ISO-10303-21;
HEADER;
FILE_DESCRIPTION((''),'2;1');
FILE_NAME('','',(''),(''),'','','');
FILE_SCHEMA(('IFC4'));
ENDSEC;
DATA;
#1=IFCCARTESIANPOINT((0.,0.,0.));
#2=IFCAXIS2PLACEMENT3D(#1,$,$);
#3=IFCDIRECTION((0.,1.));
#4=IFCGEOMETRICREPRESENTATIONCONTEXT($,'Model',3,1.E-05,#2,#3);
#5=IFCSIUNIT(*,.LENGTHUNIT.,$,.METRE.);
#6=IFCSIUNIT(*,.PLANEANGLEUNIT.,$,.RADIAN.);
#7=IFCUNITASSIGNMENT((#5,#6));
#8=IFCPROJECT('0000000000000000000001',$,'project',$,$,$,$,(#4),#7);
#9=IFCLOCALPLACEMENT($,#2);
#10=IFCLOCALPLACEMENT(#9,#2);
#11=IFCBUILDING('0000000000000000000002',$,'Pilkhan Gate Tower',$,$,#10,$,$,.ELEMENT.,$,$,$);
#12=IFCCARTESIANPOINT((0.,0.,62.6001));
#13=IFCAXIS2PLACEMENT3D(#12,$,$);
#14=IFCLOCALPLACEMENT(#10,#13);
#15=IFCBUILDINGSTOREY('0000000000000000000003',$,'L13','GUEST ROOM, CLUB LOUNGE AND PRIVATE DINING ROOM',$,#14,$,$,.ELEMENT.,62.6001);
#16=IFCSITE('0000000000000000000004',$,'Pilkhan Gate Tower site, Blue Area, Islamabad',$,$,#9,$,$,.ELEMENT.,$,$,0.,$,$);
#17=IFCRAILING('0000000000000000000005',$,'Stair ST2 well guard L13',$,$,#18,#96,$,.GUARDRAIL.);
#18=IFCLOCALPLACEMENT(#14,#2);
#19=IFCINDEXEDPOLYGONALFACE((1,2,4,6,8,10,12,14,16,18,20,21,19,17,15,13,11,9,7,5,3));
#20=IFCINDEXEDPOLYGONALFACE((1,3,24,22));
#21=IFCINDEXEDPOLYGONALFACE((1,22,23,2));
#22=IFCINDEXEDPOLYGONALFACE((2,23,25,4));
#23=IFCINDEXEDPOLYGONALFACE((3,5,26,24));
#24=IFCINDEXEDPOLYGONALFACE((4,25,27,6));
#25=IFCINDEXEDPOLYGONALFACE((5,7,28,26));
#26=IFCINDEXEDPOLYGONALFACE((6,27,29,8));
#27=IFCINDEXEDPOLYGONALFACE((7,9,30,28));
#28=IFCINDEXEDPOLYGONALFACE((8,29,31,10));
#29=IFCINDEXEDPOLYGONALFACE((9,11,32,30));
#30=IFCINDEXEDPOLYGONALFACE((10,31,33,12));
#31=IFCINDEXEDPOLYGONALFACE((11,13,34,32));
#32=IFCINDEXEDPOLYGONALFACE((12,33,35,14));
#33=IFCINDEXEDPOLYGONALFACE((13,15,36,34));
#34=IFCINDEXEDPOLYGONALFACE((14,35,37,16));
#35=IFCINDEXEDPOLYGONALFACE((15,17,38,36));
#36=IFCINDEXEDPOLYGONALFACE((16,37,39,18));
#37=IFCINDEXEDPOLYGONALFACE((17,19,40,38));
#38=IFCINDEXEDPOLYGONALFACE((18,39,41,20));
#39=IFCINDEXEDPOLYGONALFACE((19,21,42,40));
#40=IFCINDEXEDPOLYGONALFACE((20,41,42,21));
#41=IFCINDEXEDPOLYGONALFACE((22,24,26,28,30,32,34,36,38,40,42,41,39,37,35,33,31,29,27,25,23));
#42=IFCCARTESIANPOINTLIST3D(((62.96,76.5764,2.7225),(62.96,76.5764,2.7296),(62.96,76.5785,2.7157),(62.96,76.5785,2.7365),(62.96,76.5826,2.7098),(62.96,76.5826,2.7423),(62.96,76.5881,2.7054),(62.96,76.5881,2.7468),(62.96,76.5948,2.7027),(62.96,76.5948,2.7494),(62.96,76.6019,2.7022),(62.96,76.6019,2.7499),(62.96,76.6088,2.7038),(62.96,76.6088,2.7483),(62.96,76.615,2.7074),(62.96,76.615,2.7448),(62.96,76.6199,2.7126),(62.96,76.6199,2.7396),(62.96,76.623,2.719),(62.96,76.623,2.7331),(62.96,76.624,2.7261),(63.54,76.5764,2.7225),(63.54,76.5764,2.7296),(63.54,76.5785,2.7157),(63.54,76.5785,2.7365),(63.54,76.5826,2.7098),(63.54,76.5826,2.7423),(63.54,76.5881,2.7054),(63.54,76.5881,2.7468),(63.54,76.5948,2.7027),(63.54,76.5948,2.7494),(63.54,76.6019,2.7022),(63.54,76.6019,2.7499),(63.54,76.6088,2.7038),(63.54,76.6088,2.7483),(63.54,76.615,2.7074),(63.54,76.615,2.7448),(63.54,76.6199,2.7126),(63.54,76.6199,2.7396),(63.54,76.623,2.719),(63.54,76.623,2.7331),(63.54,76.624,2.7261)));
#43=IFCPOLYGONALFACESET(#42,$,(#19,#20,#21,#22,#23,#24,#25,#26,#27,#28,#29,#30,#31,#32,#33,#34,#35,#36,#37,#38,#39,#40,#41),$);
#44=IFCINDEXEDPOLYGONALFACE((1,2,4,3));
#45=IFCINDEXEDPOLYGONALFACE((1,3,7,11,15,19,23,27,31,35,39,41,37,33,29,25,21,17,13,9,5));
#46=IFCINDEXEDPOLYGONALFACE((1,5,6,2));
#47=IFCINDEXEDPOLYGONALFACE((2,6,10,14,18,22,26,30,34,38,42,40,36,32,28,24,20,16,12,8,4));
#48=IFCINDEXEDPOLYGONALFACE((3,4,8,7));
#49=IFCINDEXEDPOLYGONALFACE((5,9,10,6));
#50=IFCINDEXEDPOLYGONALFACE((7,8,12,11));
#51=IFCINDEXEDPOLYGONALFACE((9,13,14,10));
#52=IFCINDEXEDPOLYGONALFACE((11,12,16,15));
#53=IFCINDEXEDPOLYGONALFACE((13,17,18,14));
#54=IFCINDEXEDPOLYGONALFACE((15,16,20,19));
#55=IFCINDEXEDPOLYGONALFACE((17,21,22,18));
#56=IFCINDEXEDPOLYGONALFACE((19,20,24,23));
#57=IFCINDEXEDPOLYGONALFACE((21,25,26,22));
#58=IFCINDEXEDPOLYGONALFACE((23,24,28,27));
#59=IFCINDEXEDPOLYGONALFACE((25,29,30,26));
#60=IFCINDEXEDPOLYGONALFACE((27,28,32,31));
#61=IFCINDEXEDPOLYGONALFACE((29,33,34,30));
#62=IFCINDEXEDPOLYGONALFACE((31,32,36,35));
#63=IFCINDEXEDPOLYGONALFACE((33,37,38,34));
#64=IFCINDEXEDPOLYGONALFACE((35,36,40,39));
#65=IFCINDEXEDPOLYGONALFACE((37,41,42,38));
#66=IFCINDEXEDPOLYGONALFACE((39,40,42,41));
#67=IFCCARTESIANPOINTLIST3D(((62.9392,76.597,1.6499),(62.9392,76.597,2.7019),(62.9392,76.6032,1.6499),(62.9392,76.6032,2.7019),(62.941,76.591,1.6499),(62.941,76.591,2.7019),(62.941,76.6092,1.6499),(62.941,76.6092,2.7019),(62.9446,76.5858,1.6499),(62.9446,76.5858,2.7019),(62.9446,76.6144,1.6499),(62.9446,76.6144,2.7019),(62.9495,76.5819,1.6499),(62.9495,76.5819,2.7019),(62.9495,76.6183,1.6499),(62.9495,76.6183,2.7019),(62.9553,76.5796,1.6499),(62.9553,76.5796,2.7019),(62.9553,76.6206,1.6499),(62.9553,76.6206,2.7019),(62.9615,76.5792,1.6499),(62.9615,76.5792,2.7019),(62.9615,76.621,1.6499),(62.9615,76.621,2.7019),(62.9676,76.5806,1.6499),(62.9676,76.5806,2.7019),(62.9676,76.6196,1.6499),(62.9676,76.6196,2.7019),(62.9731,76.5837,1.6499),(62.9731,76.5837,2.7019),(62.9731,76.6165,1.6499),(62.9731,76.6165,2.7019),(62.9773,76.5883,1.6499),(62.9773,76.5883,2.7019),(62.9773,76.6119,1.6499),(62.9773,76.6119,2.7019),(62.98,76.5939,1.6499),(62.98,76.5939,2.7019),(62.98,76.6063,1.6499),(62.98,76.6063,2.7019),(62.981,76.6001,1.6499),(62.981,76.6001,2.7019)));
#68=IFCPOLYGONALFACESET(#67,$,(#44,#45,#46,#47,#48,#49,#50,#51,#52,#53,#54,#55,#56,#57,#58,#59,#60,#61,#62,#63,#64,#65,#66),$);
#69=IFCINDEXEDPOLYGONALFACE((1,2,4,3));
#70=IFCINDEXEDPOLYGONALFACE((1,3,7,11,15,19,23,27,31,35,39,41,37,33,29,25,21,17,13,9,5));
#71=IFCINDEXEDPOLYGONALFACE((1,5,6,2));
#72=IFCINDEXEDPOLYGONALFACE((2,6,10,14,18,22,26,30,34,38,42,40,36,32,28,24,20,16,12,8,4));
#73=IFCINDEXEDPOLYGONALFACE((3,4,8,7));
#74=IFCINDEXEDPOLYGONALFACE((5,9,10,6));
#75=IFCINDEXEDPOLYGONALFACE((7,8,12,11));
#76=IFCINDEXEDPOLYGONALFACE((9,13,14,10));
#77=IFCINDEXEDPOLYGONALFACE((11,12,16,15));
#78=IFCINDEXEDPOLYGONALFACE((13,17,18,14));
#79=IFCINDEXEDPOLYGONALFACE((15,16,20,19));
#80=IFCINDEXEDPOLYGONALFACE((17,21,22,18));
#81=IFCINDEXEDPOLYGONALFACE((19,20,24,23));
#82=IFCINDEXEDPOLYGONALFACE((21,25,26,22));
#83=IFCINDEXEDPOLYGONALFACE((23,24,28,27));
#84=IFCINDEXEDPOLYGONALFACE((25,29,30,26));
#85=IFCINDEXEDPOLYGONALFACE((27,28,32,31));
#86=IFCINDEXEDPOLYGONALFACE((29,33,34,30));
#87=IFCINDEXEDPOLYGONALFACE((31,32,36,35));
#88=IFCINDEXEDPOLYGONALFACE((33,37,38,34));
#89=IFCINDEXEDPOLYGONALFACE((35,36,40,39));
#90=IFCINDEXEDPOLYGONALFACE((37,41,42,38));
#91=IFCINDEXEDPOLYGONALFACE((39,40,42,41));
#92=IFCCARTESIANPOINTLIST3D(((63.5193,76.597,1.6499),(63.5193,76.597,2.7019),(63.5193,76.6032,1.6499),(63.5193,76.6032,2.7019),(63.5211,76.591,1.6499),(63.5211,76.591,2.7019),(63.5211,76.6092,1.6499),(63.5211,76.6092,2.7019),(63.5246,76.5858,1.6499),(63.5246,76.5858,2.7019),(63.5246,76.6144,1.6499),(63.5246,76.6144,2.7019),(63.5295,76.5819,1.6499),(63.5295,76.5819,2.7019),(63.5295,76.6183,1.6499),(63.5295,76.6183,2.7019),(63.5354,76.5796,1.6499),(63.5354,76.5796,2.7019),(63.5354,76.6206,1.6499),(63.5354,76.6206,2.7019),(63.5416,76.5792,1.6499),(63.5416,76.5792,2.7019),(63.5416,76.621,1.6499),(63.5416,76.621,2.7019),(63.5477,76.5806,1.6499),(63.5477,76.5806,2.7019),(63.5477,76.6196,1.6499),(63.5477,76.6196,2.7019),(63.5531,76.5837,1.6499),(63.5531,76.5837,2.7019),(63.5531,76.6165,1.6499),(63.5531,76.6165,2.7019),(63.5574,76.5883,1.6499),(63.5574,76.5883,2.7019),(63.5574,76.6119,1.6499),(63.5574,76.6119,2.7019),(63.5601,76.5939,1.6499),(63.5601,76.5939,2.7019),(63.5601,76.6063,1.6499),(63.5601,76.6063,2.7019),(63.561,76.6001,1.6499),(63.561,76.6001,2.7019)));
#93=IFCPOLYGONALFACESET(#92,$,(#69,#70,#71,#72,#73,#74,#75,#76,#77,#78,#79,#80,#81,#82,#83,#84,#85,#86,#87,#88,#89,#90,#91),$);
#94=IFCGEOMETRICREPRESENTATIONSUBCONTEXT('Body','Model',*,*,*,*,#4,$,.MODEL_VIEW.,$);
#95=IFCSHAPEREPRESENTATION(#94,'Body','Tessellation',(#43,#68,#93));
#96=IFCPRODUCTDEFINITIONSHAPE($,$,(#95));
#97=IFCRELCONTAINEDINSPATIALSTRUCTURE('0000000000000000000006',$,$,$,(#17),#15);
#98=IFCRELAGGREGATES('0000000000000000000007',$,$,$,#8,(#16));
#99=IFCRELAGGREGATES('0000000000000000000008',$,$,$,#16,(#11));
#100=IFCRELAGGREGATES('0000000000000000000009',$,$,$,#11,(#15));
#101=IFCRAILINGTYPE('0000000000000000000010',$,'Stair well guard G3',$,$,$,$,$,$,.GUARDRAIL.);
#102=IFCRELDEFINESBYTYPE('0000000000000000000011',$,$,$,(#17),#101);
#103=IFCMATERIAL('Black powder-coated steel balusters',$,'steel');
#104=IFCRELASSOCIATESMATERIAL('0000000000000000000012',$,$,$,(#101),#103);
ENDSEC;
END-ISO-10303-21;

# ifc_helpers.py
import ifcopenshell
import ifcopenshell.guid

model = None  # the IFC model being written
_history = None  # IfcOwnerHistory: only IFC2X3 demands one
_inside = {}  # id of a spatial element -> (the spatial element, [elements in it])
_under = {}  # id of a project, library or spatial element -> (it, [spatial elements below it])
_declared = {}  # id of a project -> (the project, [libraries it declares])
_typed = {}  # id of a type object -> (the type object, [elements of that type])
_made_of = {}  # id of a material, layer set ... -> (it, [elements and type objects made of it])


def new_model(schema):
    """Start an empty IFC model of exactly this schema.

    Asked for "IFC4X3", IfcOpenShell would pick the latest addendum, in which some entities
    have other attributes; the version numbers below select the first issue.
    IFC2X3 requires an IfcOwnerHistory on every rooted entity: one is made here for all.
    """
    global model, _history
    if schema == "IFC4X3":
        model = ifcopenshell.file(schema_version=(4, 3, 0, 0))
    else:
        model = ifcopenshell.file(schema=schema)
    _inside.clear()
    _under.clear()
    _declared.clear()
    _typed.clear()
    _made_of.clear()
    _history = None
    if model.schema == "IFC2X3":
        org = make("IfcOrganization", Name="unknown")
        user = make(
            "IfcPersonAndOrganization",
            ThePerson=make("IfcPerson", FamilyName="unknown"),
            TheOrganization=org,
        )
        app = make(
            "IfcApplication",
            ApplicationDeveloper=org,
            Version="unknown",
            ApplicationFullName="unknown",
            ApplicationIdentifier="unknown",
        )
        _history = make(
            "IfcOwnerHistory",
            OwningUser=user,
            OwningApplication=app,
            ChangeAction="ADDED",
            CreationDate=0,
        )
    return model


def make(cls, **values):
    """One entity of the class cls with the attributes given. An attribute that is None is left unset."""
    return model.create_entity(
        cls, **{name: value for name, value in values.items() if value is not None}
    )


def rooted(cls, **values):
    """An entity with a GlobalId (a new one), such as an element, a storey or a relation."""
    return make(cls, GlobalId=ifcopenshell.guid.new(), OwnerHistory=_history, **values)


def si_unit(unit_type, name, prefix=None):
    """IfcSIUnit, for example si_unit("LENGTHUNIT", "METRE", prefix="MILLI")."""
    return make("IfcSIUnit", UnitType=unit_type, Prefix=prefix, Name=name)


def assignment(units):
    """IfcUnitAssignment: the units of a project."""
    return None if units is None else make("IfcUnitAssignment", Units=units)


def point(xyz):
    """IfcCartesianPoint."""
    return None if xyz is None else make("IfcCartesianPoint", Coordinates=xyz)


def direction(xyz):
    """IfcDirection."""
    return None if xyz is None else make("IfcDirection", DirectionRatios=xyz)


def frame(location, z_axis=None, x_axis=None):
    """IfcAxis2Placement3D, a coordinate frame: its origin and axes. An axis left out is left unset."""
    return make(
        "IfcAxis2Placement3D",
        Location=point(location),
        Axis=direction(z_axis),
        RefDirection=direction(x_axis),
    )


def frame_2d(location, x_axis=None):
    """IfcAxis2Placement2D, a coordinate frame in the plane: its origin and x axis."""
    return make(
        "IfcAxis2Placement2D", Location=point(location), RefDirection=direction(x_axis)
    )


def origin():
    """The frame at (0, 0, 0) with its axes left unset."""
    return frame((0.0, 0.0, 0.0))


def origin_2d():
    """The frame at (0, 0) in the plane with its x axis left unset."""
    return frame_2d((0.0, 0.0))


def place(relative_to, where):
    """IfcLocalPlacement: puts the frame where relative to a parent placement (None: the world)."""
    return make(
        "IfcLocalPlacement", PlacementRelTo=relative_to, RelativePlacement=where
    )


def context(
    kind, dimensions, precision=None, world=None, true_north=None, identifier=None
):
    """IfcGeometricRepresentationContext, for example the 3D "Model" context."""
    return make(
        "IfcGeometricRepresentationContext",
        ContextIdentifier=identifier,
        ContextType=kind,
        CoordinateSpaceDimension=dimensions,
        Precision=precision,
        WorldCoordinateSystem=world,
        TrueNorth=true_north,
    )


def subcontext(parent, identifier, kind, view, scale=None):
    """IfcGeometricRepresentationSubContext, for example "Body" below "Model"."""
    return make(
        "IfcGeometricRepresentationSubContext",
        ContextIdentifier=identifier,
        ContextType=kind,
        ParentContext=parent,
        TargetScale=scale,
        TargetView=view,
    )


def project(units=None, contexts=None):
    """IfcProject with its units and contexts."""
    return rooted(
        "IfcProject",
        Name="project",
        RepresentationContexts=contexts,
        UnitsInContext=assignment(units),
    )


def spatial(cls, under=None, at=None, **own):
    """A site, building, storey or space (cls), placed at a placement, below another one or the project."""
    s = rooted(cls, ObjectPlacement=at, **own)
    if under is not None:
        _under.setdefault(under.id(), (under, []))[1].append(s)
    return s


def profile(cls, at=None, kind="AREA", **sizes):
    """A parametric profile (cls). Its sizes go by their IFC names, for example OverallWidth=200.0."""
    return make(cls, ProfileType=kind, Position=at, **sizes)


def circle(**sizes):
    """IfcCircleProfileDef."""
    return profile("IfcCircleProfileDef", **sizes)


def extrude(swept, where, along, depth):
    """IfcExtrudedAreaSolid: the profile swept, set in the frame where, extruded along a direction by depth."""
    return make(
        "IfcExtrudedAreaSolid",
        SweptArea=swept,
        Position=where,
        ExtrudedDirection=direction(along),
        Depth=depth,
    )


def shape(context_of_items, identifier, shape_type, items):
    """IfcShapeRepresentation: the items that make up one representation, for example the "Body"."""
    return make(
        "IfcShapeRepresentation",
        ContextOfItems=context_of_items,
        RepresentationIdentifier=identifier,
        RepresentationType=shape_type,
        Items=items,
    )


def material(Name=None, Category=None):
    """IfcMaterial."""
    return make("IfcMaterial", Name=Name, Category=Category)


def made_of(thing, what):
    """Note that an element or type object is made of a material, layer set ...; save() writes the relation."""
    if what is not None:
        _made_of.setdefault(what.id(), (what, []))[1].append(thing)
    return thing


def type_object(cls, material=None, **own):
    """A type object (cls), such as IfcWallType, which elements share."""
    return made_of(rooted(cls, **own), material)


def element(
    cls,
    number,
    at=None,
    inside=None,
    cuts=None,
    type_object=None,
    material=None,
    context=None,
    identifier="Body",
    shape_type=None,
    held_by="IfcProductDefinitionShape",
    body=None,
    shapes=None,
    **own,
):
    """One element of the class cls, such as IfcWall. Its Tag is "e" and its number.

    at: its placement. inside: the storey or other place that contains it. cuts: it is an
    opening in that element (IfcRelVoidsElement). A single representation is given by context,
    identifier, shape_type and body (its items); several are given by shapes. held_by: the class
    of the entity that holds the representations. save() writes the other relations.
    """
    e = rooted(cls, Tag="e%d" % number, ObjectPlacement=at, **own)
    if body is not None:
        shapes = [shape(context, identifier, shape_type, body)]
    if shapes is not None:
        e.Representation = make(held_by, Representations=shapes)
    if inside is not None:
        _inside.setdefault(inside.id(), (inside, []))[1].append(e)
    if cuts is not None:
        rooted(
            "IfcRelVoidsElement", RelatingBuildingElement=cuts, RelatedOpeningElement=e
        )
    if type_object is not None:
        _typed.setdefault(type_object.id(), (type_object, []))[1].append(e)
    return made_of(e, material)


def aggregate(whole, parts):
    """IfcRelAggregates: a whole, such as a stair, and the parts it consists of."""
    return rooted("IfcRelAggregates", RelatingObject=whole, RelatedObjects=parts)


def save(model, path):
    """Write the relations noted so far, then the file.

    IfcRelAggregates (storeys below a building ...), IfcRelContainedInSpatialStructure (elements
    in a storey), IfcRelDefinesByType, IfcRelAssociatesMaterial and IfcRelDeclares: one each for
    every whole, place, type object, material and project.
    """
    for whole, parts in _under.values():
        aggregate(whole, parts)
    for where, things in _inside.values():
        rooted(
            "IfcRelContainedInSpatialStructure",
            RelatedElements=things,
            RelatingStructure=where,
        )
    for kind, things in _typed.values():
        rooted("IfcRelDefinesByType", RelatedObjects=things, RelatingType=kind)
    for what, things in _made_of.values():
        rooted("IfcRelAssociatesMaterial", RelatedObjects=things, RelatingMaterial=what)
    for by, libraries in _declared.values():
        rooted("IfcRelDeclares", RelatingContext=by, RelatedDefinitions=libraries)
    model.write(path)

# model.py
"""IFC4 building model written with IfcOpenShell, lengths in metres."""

from ifc_helpers import new_model, si_unit, direction, frame, origin, origin_2d, place, context, subcontext, project, spatial, circle, extrude, material, type_object, element, save


model = new_model("IFC4")

# Units and contexts
model_context = context("Model", 3, precision=1e-05, world=origin(), true_north=direction((0.0, 1.0)))
body_context = subcontext(model_context, "Body", "Model", "MODEL_VIEW")
ifc_project = project(units=[si_unit("LENGTHUNIT", "METRE"), si_unit("PLANEANGLEUNIT", "RADIAN")], contexts=[model_context])

# Site, building, storey
site_placement = place(None, origin())
site = spatial("IfcSite", under=ifc_project, at=site_placement, Name="Pilkhan Gate Tower site, Blue Area, Islamabad", CompositionType="ELEMENT", RefElevation=0.0)
building_placement = place(site_placement, origin())
building = spatial("IfcBuilding", under=site, at=building_placement, Name="Pilkhan Gate Tower", CompositionType="ELEMENT")
storey_placement = place(building_placement, frame((0.0, 0.0, 62.6001)))
storey = spatial("IfcBuildingStorey", under=building, at=storey_placement, Name="L13", Description="GUEST ROOM, CLUB LOUNGE AND PRIVATE DINING ROOM", CompositionType="ELEMENT", Elevation=62.6001)

# Railing
ifc_material_1 = material(Name="Black powder-coated steel balusters", Category="steel")
railing_type_1 = type_object("IfcRailingType", Name="Stair well guard G3", PredefinedType="GUARDRAIL", material=ifc_material_1)
for number, where, name in (
    (1, (62.96, 76.6001, 1.6499), "Stair ST2 well guard L13"),
):
    element("IfcRailing", number, at=place(storey_placement, frame(where)), inside=storey, type_object=railing_type_1, Name=name, PredefinedType="GUARDRAIL", context=body_context, shape_type="SweptSolid", body=[
        extrude(circle(Radius=0.0239, at=origin_2d()), frame((0.0, 0.0, 1.0762), z_axis=(1.0, 0.0, 0.0), x_axis=(0.0, 1.0, 0.0)), (0.0, 0.0, 1.0), 0.5801),
        extrude(circle(Radius=0.021, at=origin_2d()), origin(), (0.0, 0.0, 1.0), 1.052),
        extrude(circle(Radius=0.021, at=origin_2d()), frame((0.5801, 0.0, 0.0)), (0.0, 0.0, 1.0), 1.052),
    ])

save(model, "model.ifc")
